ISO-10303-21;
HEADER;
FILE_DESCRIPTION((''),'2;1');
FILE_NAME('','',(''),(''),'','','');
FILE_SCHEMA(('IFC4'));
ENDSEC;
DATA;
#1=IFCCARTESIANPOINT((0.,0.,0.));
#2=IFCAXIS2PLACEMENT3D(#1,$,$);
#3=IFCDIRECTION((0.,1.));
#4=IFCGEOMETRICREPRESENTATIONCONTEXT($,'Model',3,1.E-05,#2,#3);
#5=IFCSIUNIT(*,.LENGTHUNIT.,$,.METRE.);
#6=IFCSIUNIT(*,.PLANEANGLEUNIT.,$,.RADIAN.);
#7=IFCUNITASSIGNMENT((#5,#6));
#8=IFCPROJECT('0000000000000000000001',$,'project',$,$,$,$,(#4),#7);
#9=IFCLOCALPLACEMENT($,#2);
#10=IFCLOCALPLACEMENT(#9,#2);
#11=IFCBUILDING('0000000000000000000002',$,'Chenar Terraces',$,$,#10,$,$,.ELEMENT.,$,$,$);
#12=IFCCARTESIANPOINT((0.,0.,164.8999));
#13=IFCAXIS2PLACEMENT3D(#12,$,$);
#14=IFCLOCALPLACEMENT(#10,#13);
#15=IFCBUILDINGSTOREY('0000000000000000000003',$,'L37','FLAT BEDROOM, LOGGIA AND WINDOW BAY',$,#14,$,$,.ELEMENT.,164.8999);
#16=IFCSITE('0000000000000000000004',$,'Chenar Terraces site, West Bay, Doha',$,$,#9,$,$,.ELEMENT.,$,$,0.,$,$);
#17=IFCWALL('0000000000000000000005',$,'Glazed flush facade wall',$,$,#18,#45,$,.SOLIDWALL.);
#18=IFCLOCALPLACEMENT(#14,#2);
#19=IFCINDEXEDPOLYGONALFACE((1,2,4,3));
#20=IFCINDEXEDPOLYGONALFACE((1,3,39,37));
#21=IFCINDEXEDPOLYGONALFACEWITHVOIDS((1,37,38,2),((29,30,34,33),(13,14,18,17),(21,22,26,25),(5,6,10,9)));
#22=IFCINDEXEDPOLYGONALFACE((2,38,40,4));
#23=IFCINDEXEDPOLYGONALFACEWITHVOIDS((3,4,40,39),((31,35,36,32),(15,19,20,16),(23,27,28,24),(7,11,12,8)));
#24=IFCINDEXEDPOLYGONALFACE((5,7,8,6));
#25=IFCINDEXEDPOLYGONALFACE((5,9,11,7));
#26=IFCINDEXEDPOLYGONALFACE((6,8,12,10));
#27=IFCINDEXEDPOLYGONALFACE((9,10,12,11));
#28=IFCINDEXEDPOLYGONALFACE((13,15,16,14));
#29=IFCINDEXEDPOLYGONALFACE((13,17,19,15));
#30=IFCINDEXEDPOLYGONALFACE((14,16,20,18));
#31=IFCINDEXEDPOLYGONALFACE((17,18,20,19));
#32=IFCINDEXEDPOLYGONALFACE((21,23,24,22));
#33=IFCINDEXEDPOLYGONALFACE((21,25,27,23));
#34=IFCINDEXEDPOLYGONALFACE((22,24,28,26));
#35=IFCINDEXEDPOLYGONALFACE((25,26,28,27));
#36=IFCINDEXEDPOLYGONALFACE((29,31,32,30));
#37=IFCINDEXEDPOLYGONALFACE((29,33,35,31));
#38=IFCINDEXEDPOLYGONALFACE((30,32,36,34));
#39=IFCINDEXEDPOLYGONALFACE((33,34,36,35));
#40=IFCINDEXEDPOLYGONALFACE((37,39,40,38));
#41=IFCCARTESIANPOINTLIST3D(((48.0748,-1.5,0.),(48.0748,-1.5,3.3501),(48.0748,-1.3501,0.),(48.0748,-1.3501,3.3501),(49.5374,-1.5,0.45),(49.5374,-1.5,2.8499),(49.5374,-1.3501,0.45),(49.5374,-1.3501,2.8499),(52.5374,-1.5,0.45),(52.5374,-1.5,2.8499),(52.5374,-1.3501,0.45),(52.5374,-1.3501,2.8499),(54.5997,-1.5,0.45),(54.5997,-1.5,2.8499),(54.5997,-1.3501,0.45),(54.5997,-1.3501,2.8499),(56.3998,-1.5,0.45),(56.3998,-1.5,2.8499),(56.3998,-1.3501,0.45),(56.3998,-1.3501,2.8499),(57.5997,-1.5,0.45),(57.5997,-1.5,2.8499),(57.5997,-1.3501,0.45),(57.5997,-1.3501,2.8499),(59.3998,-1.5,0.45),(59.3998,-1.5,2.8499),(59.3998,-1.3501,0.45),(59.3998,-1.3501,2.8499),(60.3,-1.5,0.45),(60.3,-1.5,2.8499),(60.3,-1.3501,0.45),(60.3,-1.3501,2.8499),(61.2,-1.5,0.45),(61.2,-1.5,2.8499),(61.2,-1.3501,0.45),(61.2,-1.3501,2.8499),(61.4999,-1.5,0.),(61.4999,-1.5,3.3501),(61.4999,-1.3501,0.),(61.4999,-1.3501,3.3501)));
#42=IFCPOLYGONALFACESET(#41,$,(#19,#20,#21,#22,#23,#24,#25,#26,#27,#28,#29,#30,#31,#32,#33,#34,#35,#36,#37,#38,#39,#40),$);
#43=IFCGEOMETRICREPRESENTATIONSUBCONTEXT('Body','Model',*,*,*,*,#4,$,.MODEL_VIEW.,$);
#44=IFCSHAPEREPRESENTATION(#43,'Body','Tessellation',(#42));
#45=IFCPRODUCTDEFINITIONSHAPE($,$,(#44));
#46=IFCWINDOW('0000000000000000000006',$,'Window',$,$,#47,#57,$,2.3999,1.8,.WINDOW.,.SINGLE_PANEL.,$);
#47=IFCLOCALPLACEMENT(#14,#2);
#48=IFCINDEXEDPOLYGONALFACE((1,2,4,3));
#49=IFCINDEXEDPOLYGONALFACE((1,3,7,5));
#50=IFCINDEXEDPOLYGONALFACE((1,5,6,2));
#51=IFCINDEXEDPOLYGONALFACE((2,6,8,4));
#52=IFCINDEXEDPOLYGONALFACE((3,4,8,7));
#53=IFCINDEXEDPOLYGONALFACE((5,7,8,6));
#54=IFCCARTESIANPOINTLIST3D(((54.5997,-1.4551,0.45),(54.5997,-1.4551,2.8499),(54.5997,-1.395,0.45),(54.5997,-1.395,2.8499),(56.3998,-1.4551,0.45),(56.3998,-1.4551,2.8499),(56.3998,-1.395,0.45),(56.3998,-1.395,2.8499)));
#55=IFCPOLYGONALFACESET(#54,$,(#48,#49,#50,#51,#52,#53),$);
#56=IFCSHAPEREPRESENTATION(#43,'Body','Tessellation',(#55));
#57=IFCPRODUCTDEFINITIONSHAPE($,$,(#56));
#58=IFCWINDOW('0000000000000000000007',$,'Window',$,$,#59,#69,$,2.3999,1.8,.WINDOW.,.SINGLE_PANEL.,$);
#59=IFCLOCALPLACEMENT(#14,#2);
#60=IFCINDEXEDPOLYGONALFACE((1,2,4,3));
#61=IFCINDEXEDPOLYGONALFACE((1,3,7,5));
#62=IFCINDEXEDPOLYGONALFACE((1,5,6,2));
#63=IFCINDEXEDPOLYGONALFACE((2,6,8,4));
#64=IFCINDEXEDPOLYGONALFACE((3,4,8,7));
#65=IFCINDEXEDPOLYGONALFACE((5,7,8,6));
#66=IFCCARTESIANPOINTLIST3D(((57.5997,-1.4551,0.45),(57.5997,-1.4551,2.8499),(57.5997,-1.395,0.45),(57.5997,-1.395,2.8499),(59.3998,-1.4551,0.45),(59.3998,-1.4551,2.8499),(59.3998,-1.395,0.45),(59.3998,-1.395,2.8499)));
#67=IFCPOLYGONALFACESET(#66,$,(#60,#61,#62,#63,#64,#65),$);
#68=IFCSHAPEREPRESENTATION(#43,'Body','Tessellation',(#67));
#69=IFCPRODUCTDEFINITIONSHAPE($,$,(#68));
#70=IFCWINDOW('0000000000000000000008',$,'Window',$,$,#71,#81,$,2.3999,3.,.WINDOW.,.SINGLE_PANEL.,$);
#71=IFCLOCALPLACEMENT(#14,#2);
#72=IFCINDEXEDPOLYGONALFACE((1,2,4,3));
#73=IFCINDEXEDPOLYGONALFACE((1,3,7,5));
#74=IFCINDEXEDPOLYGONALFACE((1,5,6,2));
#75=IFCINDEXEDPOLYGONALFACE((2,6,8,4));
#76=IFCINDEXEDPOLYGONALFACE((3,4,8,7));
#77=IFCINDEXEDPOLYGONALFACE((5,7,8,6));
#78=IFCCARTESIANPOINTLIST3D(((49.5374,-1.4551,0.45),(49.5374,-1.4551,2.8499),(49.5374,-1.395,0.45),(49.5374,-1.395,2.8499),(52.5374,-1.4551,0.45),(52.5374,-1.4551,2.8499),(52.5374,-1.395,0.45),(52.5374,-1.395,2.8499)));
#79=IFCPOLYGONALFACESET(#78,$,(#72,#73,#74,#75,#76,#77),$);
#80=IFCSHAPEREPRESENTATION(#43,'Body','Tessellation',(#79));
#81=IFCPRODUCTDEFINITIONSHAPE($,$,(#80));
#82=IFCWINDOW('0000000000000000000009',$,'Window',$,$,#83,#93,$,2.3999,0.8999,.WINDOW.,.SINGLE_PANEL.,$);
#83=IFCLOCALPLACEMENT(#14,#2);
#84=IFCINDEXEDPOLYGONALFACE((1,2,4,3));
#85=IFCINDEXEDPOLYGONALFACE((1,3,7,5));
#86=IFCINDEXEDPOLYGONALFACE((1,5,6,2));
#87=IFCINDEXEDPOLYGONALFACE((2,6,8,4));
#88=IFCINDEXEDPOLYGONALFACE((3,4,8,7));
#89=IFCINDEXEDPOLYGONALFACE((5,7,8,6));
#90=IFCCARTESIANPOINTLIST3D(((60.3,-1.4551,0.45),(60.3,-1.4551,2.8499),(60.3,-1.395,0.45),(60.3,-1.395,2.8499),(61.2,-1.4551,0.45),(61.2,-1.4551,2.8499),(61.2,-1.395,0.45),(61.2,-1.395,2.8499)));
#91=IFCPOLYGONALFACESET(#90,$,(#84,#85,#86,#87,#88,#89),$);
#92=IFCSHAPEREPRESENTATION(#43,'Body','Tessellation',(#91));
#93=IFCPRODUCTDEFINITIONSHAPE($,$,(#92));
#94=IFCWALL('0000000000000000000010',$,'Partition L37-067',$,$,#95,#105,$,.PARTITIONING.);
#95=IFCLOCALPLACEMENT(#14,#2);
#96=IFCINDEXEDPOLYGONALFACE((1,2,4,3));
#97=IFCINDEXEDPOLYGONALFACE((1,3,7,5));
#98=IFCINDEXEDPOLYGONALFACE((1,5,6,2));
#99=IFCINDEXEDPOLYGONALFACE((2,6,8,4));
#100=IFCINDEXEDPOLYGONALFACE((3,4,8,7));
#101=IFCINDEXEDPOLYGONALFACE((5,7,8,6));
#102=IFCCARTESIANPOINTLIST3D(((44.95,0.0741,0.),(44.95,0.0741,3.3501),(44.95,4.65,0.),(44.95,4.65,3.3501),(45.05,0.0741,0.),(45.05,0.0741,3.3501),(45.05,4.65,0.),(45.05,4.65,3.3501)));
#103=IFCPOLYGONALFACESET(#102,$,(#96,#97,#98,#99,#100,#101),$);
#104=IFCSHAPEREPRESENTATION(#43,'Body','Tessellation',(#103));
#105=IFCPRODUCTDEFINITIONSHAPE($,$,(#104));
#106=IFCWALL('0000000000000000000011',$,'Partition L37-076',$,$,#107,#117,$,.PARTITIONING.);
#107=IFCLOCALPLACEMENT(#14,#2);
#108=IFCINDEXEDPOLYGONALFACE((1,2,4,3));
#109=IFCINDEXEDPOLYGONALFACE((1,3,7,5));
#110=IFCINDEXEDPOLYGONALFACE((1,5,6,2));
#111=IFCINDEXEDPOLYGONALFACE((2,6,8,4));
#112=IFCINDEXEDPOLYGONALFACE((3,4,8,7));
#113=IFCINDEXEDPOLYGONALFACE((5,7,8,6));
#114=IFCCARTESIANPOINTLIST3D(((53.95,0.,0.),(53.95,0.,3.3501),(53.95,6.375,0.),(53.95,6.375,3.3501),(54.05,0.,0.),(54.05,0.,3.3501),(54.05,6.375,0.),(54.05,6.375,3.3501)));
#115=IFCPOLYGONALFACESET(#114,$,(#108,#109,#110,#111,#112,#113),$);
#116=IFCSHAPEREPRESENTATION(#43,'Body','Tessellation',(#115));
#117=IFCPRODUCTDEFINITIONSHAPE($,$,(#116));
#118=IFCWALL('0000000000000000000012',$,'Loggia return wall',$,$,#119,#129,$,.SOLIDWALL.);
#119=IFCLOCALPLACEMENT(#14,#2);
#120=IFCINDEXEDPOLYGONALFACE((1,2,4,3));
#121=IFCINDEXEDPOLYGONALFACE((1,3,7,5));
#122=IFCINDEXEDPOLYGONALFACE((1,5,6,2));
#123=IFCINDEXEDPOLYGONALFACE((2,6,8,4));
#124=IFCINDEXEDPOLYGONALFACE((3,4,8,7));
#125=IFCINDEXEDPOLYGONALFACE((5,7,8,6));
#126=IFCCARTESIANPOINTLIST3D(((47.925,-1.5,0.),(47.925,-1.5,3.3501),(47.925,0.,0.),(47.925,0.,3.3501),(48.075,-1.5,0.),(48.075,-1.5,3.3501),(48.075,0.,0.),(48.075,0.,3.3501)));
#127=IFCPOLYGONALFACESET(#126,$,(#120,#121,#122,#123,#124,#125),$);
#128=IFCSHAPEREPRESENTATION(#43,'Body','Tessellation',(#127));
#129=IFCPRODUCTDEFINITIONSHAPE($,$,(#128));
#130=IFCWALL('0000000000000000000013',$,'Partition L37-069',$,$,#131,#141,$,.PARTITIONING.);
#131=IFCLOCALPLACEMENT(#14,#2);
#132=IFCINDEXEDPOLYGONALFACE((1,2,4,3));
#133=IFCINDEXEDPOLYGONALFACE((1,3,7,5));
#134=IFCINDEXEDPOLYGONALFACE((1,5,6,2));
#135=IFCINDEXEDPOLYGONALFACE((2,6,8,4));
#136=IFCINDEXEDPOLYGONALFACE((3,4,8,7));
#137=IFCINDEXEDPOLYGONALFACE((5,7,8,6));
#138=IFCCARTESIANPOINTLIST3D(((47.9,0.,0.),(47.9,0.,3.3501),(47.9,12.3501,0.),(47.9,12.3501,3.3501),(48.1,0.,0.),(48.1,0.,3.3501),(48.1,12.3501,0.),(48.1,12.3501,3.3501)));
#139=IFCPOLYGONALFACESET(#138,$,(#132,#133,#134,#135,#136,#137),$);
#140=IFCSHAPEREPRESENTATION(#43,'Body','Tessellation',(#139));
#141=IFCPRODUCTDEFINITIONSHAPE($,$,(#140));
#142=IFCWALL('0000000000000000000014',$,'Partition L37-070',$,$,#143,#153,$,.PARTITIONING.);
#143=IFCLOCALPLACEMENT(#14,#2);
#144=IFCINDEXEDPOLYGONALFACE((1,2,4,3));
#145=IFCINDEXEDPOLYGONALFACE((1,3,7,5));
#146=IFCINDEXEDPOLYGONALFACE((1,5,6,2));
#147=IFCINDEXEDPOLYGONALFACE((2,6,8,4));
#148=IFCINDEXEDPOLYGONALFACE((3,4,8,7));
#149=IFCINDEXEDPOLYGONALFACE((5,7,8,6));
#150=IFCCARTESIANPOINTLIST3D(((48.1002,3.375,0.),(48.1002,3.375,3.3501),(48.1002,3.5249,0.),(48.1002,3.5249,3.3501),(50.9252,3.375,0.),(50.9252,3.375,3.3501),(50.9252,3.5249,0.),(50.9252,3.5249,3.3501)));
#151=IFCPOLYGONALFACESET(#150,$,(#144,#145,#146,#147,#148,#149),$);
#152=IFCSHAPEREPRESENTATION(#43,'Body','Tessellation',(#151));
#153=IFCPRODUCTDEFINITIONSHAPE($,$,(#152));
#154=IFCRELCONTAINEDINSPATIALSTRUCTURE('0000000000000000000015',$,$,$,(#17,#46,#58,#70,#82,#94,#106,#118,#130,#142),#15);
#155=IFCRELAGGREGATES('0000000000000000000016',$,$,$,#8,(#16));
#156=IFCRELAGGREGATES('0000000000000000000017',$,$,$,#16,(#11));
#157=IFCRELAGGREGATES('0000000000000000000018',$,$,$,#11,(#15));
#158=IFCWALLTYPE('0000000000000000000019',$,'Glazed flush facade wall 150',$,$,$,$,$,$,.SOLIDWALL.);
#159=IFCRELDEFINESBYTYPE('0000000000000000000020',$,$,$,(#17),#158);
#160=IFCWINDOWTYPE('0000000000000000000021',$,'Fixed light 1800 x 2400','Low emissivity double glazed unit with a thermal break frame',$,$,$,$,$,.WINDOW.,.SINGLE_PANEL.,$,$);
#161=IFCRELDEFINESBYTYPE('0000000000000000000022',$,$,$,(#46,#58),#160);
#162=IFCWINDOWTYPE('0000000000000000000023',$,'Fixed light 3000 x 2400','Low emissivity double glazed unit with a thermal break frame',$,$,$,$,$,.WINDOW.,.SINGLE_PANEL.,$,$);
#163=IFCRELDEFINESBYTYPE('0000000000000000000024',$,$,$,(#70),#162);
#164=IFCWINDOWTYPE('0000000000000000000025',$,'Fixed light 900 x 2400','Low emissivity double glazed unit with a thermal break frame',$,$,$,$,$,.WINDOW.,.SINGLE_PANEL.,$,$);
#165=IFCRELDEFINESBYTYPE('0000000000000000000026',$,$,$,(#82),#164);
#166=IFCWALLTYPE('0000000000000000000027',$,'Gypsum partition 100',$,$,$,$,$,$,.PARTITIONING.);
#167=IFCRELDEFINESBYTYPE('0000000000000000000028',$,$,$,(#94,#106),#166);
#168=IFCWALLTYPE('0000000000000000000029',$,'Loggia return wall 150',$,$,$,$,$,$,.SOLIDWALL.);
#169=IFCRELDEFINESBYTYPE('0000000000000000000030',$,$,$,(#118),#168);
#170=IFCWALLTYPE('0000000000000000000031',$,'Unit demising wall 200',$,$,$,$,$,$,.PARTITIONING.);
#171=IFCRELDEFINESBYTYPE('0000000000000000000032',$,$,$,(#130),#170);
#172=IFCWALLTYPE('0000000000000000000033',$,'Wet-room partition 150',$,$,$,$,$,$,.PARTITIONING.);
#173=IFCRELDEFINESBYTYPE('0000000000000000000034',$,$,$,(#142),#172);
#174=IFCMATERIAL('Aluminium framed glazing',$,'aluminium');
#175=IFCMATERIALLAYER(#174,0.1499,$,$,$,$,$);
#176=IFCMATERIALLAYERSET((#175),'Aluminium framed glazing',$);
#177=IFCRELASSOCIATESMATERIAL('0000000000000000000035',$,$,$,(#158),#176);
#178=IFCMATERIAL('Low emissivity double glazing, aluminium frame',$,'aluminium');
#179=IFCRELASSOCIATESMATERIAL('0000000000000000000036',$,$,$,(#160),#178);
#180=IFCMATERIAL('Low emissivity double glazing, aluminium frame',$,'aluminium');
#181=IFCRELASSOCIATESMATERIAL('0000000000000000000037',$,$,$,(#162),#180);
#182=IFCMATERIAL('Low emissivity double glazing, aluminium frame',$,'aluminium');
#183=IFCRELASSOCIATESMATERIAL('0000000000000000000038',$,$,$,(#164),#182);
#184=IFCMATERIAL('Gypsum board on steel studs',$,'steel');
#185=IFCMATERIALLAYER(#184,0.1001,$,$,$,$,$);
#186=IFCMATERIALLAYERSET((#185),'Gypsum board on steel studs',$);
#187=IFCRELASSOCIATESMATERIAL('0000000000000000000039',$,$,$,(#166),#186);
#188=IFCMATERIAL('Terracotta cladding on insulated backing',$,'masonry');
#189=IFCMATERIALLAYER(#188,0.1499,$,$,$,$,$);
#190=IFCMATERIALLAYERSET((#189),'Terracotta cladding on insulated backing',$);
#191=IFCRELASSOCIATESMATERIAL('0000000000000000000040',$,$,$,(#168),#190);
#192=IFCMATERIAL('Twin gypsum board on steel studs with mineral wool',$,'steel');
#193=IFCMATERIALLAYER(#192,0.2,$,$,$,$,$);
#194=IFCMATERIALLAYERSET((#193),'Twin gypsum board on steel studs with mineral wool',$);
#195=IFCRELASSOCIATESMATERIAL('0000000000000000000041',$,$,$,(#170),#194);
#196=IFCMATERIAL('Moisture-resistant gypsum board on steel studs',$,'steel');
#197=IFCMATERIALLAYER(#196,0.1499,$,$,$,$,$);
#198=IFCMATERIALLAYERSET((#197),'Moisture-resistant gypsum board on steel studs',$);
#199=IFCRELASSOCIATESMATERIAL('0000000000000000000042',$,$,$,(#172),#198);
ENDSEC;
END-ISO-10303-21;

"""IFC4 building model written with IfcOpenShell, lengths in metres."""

from ifc_helpers import new_model, si_unit, direction, frame, frame_2d, origin, place, context, subcontext, project, spatial, rectangle, extrude, material, layer, layer_set, type_object, element, fill, save


model = new_model("IFC4")

# Units and contexts
model_context = context("Model", 3, precision=1e-05, world=origin(), true_north=direction((0.0, 1.0)))
body_context = subcontext(model_context, "Body", "Model", "MODEL_VIEW")
ifc_project = project(units=[si_unit("LENGTHUNIT", "METRE"), si_unit("PLANEANGLEUNIT", "RADIAN")], contexts=[model_context])

# Site, building, storey
site_placement = place(None, origin())
site = spatial("IfcSite", under=ifc_project, at=site_placement, Name="Chenar Terraces site, West Bay, Doha", CompositionType="ELEMENT", RefElevation=0.0)
building_placement = place(site_placement, origin())
building = spatial("IfcBuilding", under=site, at=building_placement, Name="Chenar Terraces", CompositionType="ELEMENT")
storey_placement = place(building_placement, frame((0.0, 0.0, 164.8999)))
storey = spatial("IfcBuildingStorey", under=building, at=storey_placement, Name="L37", Description="FLAT BEDROOM, LOGGIA AND WINDOW BAY", CompositionType="ELEMENT", Elevation=164.8999)

# Wall, openings, windows
ifc_material_1 = material(Name="Aluminium framed glazing", Category="aluminium")
ifc_layer_1 = layer(ifc_material_1, 0.1499)
ifc_layer_set_1 = layer_set([ifc_layer_1], Name="Aluminium framed glazing")
wall_type_1 = type_object("IfcWallType", Name="Glazed flush facade wall 150", PredefinedType="SOLIDWALL", material=ifc_layer_set_1)
wall_1_placement = place(storey_placement, frame((48.075, -1.425, 0.0), z_axis=(0.0, 0.0, 1.0), x_axis=(1.0, 0.0, 0.0)))
wall_1 = element("IfcWall", 1, at=wall_1_placement, inside=storey, type_object=wall_type_1, Name="Glazed flush facade wall", PredefinedType="SOLIDWALL", context=body_context, shape_type="SweptSolid", body=[
    extrude(rectangle(XDim=13.425, YDim=0.1499, at=frame_2d((6.7124, 0.0))), origin(), (0.0, 0.0, 1.0), 3.3501),
])
opening_1_placement = place(wall_1_placement, frame((1.4624, 0.0, 0.45)))
opening_1 = element("IfcOpeningElement", 2, at=opening_1_placement, cuts=wall_1, PredefinedType="OPENING", context=body_context, shape_type="SweptSolid", body=[
    extrude(rectangle(XDim=3.0, YDim=2.3999, at=frame_2d((1.5, 1.2))), frame((0.0, 0.085, 0.0), z_axis=(0.0, -1.0, 0.0), x_axis=(1.0, 0.0, 0.0)), (0.0, 0.0, 1.0), 0.1699),
])
opening_2_placement = place(wall_1_placement, frame((6.5249, 0.0, 0.45)))
opening_2 = element("IfcOpeningElement", 3, at=opening_2_placement, cuts=wall_1, PredefinedType="OPENING", context=body_context, shape_type="SweptSolid", body=[
    extrude(rectangle(XDim=1.8, YDim=2.3999, at=frame_2d((0.8999, 1.2))), frame((0.0, 0.085, 0.0), z_axis=(0.0, -1.0, 0.0), x_axis=(1.0, 0.0, 0.0)), (0.0, 0.0, 1.0), 0.1699),
])
opening_3_placement = place(wall_1_placement, frame((9.5249, 0.0, 0.45)))
opening_3 = element("IfcOpeningElement", 4, at=opening_3_placement, cuts=wall_1, PredefinedType="OPENING", context=body_context, shape_type="SweptSolid", body=[
    extrude(rectangle(XDim=1.8, YDim=2.3999, at=frame_2d((0.8999, 1.2))), frame((0.0, 0.085, 0.0), z_axis=(0.0, -1.0, 0.0), x_axis=(1.0, 0.0, 0.0)), (0.0, 0.0, 1.0), 0.1699),
])
opening_4_placement = place(wall_1_placement, frame((12.2251, 0.0, 0.45)))
opening_4 = element("IfcOpeningElement", 5, at=opening_4_placement, cuts=wall_1, PredefinedType="OPENING", context=body_context, shape_type="SweptSolid", body=[
    extrude(rectangle(XDim=0.8999, YDim=2.3999, at=frame_2d((0.45, 1.2))), frame((0.0, 0.085, 0.0), z_axis=(0.0, -1.0, 0.0), x_axis=(1.0, 0.0, 0.0)), (0.0, 0.0, 1.0), 0.1699),
])
ifc_material_2 = material(Name="Low emissivity double glazing, aluminium frame", Category="aluminium")
window_type_1 = type_object("IfcWindowType", Name="Fixed light 1800 x 2400", Description="Low emissivity double glazed unit with a thermal break frame", PartitioningType="SINGLE_PANEL", PredefinedType="WINDOW", material=ifc_material_2)
window_1_placement = place(opening_2_placement, origin())
window_1 = element("IfcWindow", 6, at=window_1_placement, inside=storey, type_object=window_type_1, Name="Window", OverallHeight=2.3999, OverallWidth=1.8, PartitioningType="SINGLE_PANEL", PredefinedType="WINDOW", context=body_context, shape_type="SweptSolid", body=[
    extrude(rectangle(XDim=1.8, YDim=2.3999, at=frame_2d((0.8999, 1.2))), frame((0.0, 0.03, 0.0), z_axis=(0.0, -1.0, 0.0), x_axis=(1.0, 0.0, 0.0)), (0.0, 0.0, 1.0), 0.0601),
])
fill(opening_2, window_1)
window_2_placement = place(opening_3_placement, origin())
window_2 = element("IfcWindow", 7, at=window_2_placement, inside=storey, type_object=window_type_1, Name="Window", OverallHeight=2.3999, OverallWidth=1.8, PartitioningType="SINGLE_PANEL", PredefinedType="WINDOW", context=body_context, shape_type="SweptSolid", body=[
    extrude(rectangle(XDim=1.8, YDim=2.3999, at=frame_2d((0.8999, 1.2))), frame((0.0, 0.03, 0.0), z_axis=(0.0, -1.0, 0.0), x_axis=(1.0, 0.0, 0.0)), (0.0, 0.0, 1.0), 0.0601),
])
fill(opening_3, window_2)
ifc_material_3 = material(Name="Low emissivity double glazing, aluminium frame", Category="aluminium")
window_type_2 = type_object("IfcWindowType", Name="Fixed light 3000 x 2400", Description="Low emissivity double glazed unit with a thermal break frame", PartitioningType="SINGLE_PANEL", PredefinedType="WINDOW", material=ifc_material_3)
window_3_placement = place(opening_1_placement, origin())
window_3 = element("IfcWindow", 8, at=window_3_placement, inside=storey, type_object=window_type_2, Name="Window", OverallHeight=2.3999, OverallWidth=3.0, PartitioningType="SINGLE_PANEL", PredefinedType="WINDOW", context=body_context, shape_type="SweptSolid", body=[
    extrude(rectangle(XDim=3.0, YDim=2.3999, at=frame_2d((1.5, 1.2))), frame((0.0, 0.03, 0.0), z_axis=(0.0, -1.0, 0.0), x_axis=(1.0, 0.0, 0.0)), (0.0, 0.0, 1.0), 0.0601),
])
fill(opening_1, window_3)
ifc_material_4 = material(Name="Low emissivity double glazing, aluminium frame", Category="aluminium")
window_type_3 = type_object("IfcWindowType", Name="Fixed light 900 x 2400", Description="Low emissivity double glazed unit with a thermal break frame", PartitioningType="SINGLE_PANEL", PredefinedType="WINDOW", material=ifc_material_4)
window_4_placement = place(opening_4_placement, origin())
window_4 = element("IfcWindow", 9, at=window_4_placement, inside=storey, type_object=window_type_3, Name="Window", OverallHeight=2.3999, OverallWidth=0.8999, PartitioningType="SINGLE_PANEL", PredefinedType="WINDOW", context=body_context, shape_type="SweptSolid", body=[
    extrude(rectangle(XDim=0.8999, YDim=2.3999, at=frame_2d((0.45, 1.2))), frame((0.0, 0.03, 0.0), z_axis=(0.0, -1.0, 0.0), x_axis=(1.0, 0.0, 0.0)), (0.0, 0.0, 1.0), 0.0601),
])
fill(opening_4, window_4)

# Walls
ifc_material_5 = material(Name="Gypsum board on steel studs", Category="steel")
ifc_layer_2 = layer(ifc_material_5, 0.1001)
ifc_layer_set_2 = layer_set([ifc_layer_2], Name="Gypsum board on steel studs")
wall_type_2 = type_object("IfcWallType", Name="Gypsum partition 100", PredefinedType="PARTITIONING", material=ifc_layer_set_2)
wall_2_placement = place(storey_placement, frame((45.0, 0.074, 0.0), z_axis=(0.0, 0.0, 1.0), x_axis=(0.0, 1.0, 0.0)))
element("IfcWall", 10, at=wall_2_placement, inside=storey, type_object=wall_type_2, Name="Partition L37-067", PredefinedType="PARTITIONING", context=body_context, shape_type="SweptSolid", body=[
    extrude(rectangle(XDim=4.5759, YDim=0.1001, at=frame_2d((2.2881, 0.0))), origin(), (0.0, 0.0, 1.0), 3.3501),
])
wall_3_placement = place(storey_placement, frame((54.0, 0.0, 0.0), z_axis=(0.0, 0.0, 1.0), x_axis=(0.0, 1.0, 0.0)))
element("IfcWall", 11, at=wall_3_placement, inside=storey, type_object=wall_type_2, Name="Partition L37-076", PredefinedType="PARTITIONING", context=body_context, shape_type="SweptSolid", body=[
    extrude(rectangle(XDim=6.375, YDim=0.1001, at=frame_2d((3.1875, 0.0))), origin(), (0.0, 0.0, 1.0), 3.3501),
])
ifc_material_6 = material(Name="Terracotta cladding on insulated backing", Category="masonry")
ifc_layer_3 = layer(ifc_material_6, 0.1499)
ifc_layer_set_3 = layer_set([ifc_layer_3], Name="Terracotta cladding on insulated backing")
wall_type_3 = type_object("IfcWallType", Name="Loggia return wall 150", PredefinedType="SOLIDWALL", material=ifc_layer_set_3)
wall_4_placement = place(storey_placement, frame((48.0, -1.5, 0.0), z_axis=(0.0, 0.0, 1.0), x_axis=(0.0, 1.0, 0.0)))
element("IfcWall", 12, at=wall_4_placement, inside=storey, type_object=wall_type_3, Name="Loggia return wall", PredefinedType="SOLIDWALL", context=body_context, shape_type="SweptSolid", body=[
    extrude(rectangle(XDim=1.5, YDim=0.1499, at=frame_2d((0.75, 0.0))), origin(), (0.0, 0.0, 1.0), 3.3501),
])
ifc_material_7 = material(Name="Twin gypsum board on steel studs with mineral wool", Category="steel")
ifc_layer_4 = layer(ifc_material_7, 0.2)
ifc_layer_set_4 = layer_set([ifc_layer_4], Name="Twin gypsum board on steel studs with mineral wool")
wall_type_4 = type_object("IfcWallType", Name="Unit demising wall 200", PredefinedType="PARTITIONING", material=ifc_layer_set_4)
wall_5_placement = place(storey_placement, frame((48.0, 0.0, 0.0), z_axis=(0.0, 0.0, 1.0), x_axis=(0.0, 1.0, 0.0)))
element("IfcWall", 13, at=wall_5_placement, inside=storey, type_object=wall_type_4, Name="Partition L37-069", PredefinedType="PARTITIONING", context=body_context, shape_type="SweptSolid", body=[
    extrude(rectangle(XDim=12.3501, YDim=0.2, at=frame_2d((6.175, 0.0))), origin(), (0.0, 0.0, 1.0), 3.3501),
])
ifc_material_8 = material(Name="Moisture-resistant gypsum board on steel studs", Category="steel")
ifc_layer_5 = layer(ifc_material_8, 0.1499)
ifc_layer_set_5 = layer_set([ifc_layer_5], Name="Moisture-resistant gypsum board on steel studs")
wall_type_5 = type_object("IfcWallType", Name="Wet-room partition 150", PredefinedType="PARTITIONING", material=ifc_layer_set_5)
wall_6_placement = place(storey_placement, frame((48.1001, 3.45, 0.0), z_axis=(0.0, 0.0, 1.0), x_axis=(1.0, 0.0, 0.0)))
element("IfcWall", 14, at=wall_6_placement, inside=storey, type_object=wall_type_5, Name="Partition L37-070", PredefinedType="PARTITIONING", context=body_context, shape_type="SweptSolid", body=[
    extrude(rectangle(XDim=2.825, YDim=0.1499, at=frame_2d((1.4126, 0.0))), origin(), (0.0, 0.0, 1.0), 3.3501),
])

save(model, "model.ifc")
